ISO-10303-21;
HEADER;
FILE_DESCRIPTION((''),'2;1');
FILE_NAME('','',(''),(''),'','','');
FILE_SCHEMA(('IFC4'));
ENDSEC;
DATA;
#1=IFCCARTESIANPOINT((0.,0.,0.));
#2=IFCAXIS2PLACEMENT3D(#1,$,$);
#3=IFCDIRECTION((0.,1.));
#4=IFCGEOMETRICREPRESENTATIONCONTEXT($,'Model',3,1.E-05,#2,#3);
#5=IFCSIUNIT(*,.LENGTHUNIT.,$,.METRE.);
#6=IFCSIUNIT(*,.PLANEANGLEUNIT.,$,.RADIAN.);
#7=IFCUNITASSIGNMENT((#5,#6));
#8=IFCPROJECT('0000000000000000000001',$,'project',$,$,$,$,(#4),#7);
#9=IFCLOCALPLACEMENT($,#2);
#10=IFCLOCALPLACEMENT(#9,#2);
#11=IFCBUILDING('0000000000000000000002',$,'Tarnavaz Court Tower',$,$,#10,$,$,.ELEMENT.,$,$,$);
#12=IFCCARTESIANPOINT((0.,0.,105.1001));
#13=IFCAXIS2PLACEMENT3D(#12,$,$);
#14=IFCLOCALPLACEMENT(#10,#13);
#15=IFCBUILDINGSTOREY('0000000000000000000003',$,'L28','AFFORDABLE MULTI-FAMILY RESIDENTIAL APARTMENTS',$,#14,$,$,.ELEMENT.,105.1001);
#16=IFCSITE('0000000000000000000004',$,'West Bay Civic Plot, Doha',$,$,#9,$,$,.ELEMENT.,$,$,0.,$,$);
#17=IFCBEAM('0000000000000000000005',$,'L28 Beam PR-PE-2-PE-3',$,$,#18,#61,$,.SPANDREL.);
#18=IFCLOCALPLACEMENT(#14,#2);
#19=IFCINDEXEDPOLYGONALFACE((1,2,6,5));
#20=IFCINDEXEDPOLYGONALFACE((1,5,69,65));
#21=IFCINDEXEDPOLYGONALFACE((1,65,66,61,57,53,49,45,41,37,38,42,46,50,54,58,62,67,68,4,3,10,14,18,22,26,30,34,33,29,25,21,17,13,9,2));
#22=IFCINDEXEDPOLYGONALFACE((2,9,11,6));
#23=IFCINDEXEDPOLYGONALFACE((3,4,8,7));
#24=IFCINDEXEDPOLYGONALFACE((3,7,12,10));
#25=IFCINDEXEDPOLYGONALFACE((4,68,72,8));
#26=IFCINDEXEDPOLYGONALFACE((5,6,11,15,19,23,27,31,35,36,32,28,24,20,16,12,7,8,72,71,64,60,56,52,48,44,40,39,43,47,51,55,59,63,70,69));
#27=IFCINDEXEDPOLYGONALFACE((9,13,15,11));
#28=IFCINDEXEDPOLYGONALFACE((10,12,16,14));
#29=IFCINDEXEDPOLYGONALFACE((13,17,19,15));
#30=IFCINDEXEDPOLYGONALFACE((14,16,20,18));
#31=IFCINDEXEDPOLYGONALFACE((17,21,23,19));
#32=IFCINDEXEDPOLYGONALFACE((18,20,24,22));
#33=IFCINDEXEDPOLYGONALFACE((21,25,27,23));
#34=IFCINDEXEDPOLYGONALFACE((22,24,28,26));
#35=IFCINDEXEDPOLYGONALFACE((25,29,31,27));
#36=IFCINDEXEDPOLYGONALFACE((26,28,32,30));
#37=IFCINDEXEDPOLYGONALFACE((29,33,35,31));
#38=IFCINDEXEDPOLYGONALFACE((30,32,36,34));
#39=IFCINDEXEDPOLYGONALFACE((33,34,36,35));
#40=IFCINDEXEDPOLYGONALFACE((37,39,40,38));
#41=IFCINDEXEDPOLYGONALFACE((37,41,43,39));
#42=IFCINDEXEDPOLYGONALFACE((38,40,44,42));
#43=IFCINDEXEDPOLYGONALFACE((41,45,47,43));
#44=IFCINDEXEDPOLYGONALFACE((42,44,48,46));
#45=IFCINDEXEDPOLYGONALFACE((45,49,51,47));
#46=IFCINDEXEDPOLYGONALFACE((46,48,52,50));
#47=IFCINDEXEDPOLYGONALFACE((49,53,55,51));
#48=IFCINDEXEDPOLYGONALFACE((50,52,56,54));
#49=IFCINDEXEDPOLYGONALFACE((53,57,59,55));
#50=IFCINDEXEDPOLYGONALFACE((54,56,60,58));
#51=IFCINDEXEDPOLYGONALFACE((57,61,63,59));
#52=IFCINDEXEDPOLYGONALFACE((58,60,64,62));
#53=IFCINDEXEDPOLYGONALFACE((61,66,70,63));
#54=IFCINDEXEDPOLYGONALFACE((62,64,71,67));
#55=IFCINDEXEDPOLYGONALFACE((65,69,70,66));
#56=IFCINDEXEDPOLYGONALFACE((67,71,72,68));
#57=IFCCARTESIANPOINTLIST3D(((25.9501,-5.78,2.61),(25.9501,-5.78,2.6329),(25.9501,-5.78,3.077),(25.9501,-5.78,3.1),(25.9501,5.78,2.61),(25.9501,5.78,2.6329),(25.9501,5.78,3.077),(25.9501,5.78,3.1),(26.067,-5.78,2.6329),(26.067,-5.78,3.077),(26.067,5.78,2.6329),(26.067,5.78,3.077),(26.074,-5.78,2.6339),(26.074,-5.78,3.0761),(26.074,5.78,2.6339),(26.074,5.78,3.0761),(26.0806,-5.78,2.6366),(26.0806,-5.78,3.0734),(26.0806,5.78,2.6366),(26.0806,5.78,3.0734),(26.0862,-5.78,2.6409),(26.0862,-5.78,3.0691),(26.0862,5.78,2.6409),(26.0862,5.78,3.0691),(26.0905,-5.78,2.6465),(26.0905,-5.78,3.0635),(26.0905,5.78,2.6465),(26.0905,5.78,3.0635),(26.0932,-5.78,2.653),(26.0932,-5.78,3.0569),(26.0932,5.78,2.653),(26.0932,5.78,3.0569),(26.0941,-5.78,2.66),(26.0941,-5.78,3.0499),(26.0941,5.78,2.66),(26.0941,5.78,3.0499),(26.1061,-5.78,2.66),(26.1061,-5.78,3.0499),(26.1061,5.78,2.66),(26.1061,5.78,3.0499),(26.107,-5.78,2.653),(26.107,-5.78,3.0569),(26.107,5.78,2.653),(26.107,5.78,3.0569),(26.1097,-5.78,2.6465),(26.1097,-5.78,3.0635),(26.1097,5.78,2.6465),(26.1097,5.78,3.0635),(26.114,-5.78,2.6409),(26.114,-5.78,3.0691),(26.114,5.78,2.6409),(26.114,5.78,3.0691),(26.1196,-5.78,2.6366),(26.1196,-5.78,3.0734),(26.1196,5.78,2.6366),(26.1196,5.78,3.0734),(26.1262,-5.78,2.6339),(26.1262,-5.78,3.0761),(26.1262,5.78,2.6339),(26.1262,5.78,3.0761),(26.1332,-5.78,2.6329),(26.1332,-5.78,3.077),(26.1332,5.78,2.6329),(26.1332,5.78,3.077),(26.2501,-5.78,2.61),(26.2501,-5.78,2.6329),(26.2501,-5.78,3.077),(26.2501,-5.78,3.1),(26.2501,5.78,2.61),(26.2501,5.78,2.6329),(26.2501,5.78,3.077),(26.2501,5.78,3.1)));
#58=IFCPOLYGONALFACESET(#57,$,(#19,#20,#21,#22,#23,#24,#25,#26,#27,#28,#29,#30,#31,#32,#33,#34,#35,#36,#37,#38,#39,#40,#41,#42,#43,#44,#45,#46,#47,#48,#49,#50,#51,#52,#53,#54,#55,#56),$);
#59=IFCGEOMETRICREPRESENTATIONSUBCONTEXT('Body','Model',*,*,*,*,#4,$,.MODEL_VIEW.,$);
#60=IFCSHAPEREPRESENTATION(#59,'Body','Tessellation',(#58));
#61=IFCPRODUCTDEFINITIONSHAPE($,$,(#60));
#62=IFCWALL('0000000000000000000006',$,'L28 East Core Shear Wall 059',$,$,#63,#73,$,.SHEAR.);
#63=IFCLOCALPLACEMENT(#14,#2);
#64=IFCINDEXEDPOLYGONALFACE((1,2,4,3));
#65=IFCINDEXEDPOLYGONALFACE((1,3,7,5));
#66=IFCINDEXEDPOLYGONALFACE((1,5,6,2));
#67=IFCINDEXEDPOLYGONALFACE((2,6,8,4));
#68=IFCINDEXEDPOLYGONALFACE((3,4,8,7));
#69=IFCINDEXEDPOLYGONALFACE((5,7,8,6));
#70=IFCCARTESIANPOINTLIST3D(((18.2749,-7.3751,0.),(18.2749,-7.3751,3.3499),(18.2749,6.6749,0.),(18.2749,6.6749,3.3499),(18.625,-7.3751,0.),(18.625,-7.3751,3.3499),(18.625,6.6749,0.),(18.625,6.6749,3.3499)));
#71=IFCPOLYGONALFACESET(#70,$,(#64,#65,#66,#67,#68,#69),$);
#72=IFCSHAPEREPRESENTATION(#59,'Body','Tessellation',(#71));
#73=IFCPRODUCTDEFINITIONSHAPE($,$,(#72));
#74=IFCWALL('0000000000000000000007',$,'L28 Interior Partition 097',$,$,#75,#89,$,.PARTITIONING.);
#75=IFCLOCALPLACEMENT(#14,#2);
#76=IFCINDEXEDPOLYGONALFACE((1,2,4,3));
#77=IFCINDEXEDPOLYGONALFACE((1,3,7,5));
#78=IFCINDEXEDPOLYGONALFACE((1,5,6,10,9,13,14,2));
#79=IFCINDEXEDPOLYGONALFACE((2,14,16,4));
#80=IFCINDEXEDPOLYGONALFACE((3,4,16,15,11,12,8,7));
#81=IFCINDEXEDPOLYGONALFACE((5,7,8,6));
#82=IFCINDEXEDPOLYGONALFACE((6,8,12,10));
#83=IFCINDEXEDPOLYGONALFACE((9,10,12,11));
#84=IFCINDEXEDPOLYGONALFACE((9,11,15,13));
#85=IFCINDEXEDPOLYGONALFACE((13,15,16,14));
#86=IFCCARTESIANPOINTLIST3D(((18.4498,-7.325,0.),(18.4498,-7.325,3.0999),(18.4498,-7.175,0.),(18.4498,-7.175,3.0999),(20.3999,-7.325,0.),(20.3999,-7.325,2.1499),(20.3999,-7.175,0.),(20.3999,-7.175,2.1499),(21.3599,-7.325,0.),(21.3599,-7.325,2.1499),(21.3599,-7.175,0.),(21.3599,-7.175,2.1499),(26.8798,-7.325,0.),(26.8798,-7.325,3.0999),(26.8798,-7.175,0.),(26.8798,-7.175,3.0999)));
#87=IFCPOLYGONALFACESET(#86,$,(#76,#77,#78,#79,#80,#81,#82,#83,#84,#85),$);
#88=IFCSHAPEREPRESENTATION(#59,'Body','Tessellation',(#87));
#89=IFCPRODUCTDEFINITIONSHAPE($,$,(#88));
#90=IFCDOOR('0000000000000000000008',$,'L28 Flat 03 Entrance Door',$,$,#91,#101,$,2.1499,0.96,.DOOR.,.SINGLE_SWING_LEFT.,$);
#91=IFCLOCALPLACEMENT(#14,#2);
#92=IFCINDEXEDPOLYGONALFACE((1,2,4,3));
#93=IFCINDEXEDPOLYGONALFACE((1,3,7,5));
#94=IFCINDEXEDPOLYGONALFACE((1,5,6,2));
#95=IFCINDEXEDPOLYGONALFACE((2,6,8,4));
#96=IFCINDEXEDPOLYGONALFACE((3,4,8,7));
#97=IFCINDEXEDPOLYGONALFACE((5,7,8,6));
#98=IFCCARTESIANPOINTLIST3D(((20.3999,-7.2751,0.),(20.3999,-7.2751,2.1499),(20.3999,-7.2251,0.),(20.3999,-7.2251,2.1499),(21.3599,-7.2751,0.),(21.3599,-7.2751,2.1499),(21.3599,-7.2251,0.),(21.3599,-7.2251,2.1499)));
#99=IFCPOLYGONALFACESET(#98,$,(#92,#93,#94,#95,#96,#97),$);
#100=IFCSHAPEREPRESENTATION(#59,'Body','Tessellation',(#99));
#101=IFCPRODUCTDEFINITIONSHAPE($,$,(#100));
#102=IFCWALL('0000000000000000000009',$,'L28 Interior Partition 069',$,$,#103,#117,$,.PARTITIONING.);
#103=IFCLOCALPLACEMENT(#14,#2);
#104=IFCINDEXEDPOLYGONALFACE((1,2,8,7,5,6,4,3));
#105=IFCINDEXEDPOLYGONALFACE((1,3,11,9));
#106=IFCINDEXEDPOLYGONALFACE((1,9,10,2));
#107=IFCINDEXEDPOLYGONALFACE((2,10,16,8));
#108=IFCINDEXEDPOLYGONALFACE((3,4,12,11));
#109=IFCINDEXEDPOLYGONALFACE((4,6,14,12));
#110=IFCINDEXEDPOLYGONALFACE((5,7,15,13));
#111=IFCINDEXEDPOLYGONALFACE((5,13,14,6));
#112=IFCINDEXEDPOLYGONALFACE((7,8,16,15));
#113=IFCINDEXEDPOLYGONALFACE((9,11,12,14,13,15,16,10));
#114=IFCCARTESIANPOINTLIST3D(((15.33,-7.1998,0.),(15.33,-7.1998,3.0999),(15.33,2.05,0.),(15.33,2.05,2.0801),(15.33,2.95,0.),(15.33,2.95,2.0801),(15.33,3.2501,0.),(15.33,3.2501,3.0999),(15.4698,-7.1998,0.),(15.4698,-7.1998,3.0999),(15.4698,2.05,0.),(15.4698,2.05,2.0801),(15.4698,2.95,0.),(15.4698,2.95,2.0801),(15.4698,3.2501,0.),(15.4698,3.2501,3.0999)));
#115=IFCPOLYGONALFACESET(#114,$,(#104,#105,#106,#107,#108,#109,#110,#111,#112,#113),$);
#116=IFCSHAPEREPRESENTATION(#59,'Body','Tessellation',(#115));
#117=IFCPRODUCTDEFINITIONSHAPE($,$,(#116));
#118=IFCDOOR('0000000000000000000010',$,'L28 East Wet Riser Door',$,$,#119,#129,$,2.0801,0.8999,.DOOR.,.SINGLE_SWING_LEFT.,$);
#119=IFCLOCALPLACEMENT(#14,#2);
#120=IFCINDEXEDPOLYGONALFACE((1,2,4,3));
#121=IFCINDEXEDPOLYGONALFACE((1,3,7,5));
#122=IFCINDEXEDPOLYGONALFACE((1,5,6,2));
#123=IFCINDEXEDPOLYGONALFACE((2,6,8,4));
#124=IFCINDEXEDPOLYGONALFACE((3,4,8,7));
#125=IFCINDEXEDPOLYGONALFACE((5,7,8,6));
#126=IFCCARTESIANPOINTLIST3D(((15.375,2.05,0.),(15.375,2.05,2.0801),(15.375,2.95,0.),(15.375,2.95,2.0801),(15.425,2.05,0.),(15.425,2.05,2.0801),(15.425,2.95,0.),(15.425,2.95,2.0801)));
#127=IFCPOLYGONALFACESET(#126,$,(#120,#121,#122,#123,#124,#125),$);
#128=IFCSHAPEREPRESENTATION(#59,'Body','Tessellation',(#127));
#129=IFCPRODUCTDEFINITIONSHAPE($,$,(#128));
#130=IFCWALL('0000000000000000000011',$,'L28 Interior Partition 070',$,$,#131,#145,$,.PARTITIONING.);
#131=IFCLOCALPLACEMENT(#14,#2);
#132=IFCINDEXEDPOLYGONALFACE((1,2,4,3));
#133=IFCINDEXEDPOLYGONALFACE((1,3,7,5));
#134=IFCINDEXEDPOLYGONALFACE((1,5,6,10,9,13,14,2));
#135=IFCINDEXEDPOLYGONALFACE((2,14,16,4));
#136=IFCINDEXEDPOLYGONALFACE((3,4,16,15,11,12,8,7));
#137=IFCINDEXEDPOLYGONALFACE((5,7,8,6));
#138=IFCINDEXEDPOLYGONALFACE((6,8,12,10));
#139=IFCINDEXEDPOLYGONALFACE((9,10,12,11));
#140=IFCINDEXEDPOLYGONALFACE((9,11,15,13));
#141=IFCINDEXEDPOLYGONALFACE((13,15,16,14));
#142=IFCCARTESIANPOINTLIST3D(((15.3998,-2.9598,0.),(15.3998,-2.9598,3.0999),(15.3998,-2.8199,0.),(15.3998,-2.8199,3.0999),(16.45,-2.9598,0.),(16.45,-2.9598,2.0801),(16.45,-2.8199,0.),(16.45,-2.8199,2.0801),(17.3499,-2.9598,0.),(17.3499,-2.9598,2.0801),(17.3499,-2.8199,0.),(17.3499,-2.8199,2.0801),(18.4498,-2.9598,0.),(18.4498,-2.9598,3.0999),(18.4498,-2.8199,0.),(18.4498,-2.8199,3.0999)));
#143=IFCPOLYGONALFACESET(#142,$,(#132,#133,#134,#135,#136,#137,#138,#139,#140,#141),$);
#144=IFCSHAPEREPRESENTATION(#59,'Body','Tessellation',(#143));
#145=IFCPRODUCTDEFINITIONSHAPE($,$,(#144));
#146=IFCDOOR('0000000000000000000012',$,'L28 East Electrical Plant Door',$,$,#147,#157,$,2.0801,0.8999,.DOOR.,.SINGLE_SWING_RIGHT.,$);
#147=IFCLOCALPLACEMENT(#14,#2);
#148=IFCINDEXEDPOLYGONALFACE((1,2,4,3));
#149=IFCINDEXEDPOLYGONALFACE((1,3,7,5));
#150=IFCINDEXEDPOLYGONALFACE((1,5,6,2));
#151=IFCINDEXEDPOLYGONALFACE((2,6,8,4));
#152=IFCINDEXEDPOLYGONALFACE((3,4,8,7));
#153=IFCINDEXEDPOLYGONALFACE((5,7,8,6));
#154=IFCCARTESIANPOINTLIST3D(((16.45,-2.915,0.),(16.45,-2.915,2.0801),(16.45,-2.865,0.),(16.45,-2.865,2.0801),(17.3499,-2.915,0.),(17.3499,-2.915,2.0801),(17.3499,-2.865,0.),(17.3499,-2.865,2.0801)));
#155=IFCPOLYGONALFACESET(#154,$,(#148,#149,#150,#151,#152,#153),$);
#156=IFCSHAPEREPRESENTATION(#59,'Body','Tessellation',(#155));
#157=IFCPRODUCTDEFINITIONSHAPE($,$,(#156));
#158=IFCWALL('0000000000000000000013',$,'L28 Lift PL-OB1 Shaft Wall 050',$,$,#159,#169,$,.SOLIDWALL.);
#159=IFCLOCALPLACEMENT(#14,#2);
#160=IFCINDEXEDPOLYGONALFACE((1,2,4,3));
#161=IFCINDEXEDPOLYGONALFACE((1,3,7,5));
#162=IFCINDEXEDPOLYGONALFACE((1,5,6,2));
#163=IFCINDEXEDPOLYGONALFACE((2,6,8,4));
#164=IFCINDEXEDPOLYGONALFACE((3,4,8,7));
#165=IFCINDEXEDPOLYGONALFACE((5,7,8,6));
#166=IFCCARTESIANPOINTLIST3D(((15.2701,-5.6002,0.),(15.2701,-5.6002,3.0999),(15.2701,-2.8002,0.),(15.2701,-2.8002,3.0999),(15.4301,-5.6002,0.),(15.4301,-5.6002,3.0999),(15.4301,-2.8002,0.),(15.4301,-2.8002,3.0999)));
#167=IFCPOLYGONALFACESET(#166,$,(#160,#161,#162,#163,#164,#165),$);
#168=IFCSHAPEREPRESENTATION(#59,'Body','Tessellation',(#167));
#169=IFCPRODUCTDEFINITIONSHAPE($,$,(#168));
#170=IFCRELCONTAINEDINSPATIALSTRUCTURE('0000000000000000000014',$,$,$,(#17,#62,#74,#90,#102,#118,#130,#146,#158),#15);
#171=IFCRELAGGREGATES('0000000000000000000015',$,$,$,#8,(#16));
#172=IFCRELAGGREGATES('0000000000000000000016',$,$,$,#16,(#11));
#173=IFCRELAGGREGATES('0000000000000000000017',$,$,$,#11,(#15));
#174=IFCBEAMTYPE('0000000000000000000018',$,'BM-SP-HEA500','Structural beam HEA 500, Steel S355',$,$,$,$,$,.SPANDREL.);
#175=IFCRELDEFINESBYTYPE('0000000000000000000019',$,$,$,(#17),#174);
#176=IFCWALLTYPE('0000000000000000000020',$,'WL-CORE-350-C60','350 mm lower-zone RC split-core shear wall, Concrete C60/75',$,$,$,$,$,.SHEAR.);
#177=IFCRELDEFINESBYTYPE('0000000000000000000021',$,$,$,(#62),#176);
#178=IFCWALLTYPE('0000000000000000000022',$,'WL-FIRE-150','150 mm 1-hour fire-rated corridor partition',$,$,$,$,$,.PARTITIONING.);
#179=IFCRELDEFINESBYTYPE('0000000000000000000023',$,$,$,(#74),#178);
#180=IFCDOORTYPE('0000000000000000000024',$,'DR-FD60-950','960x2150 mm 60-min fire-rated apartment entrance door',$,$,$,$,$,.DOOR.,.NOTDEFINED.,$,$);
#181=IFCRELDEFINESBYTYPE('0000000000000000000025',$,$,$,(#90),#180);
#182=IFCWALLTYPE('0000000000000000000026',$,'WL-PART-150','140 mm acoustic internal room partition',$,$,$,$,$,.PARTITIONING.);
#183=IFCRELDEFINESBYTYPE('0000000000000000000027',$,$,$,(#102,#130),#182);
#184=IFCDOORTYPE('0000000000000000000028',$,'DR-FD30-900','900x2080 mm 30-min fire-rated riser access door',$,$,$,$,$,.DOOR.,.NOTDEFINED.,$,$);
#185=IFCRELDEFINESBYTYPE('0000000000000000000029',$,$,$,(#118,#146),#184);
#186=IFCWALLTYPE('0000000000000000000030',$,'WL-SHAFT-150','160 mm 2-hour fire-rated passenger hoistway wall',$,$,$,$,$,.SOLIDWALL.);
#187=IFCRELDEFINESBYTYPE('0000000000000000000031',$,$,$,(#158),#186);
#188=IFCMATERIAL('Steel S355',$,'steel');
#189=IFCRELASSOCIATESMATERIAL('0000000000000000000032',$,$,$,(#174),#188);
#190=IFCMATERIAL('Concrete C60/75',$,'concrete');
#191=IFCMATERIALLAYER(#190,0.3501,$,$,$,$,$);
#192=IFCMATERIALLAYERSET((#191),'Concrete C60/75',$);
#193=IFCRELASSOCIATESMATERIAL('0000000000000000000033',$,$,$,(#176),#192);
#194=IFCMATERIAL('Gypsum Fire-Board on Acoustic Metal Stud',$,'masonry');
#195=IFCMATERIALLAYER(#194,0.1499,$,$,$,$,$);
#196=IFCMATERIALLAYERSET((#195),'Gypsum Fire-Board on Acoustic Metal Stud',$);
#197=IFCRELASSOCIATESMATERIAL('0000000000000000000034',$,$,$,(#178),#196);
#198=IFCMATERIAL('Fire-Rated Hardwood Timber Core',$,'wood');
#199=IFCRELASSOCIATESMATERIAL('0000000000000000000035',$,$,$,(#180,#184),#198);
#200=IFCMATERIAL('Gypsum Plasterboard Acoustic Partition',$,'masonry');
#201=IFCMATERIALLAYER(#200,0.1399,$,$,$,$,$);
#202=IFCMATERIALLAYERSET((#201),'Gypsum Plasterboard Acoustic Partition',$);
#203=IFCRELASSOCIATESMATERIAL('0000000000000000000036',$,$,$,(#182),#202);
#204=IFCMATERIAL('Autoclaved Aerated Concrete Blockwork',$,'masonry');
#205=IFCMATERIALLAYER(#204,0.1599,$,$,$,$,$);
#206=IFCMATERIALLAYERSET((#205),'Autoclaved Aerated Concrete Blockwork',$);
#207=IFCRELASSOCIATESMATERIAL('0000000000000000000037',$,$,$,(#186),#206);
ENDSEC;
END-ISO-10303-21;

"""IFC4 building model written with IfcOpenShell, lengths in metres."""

from ifc_helpers import new_model, si_unit, direction, frame, frame_2d, origin, origin_2d, place, context, subcontext, project, spatial, rectangle, i_section, extrude, material, layer, layer_set, material_profile, profile_set, type_object, element, fill, save


model = new_model("IFC4")

# Units and contexts
model_context = context("Model", 3, precision=1e-05, world=origin(), true_north=direction((0.0, 1.0)))
body_context = subcontext(model_context, "Body", "Model", "MODEL_VIEW")
ifc_project = project(units=[si_unit("LENGTHUNIT", "METRE"), si_unit("PLANEANGLEUNIT", "RADIAN")], contexts=[model_context])

# Site, building, storey
site_placement = place(None, origin())
site = spatial("IfcSite", under=ifc_project, at=site_placement, Name="West Bay Civic Plot, Doha", CompositionType="ELEMENT", RefElevation=0.0)
building_placement = place(site_placement, origin())
building = spatial("IfcBuilding", under=site, at=building_placement, Name="Tarnavaz Court Tower", CompositionType="ELEMENT")
storey_placement = place(building_placement, frame((0.0, 0.0, 105.1001)))
storey = spatial("IfcBuildingStorey", under=building, at=storey_placement, Name="L28", Description="AFFORDABLE MULTI-FAMILY RESIDENTIAL APARTMENTS", CompositionType="ELEMENT", Elevation=105.1001)

# Shared definitions
ifc_material_1 = material(Name="Concrete C60/75", Category="concrete")

# Beam
ifc_material_2 = material(Name="Steel S355", Category="steel")
ifc_material_profile_1 = material_profile(ifc_material_2, i_section(OverallWidth=0.3, OverallDepth=0.49, WebThickness=0.012, FlangeThickness=0.0229, FilletRadius=0.0271, at=origin_2d()), Name="HEA 500")
ifc_profile_set_1 = profile_set([ifc_material_profile_1], Name="Steel S355")
beam_type_1 = type_object("IfcBeamType", Name="BM-SP-HEA500", Description="Structural beam HEA 500, Steel S355", PredefinedType="SPANDREL", material=ifc_profile_set_1)
beam_1_placement = place(storey_placement, frame((26.1001, -5.78, 2.855), z_axis=(0.0, 1.0, 0.0), x_axis=(-1.0, 0.0, 0.0)))
element("IfcBeam", 1, at=beam_1_placement, inside=storey, type_object=beam_type_1, Name="L28 Beam PR-PE-2-PE-3", PredefinedType="SPANDREL", context=body_context, shape_type="SweptSolid", body=[
    extrude(i_section(OverallWidth=0.3, OverallDepth=0.49, WebThickness=0.012, FlangeThickness=0.0229, FilletRadius=0.0271, at=origin_2d()), origin(), (0.0, 0.0, 1.0), 11.5601),
])

# Wall
ifc_layer_1 = layer(ifc_material_1, 0.3501)
ifc_layer_set_1 = layer_set([ifc_layer_1], Name="Concrete C60/75")
wall_type_1 = type_object("IfcWallType", Name="WL-CORE-350-C60", Description="350 mm lower-zone RC split-core shear wall, Concrete C60/75", PredefinedType="SHEAR", material=ifc_layer_set_1)
wall_1_placement = place(storey_placement, frame((18.45, -7.375, 0.0), z_axis=(0.0, 0.0, 1.0), x_axis=(0.0, 1.0, 0.0)))
element("IfcWall", 2, at=wall_1_placement, inside=storey, type_object=wall_type_1, Name="L28 East Core Shear Wall 059", PredefinedType="SHEAR", context=body_context, shape_type="SweptSolid", body=[
    extrude(rectangle(XDim=14.05, YDim=0.3501, at=frame_2d((7.0249, 0.0))), origin(), (0.0, 0.0, 1.0), 3.3499),
])

# Walls, openings, doors
ifc_material_3 = material(Name="Gypsum Fire-Board on Acoustic Metal Stud", Category="masonry")
ifc_layer_2 = layer(ifc_material_3, 0.1499)
ifc_layer_set_2 = layer_set([ifc_layer_2], Name="Gypsum Fire-Board on Acoustic Metal Stud")
wall_type_2 = type_object("IfcWallType", Name="WL-FIRE-150", Description="150 mm 1-hour fire-rated corridor partition", PredefinedType="PARTITIONING", material=ifc_layer_set_2)
wall_2_placement = place(storey_placement, frame((18.45, -7.25, 0.0), z_axis=(0.0, 0.0, 1.0), x_axis=(1.0, 0.0, 0.0)))
wall_2 = element("IfcWall", 3, at=wall_2_placement, inside=storey, type_object=wall_type_2, Name="L28 Interior Partition 097", PredefinedType="PARTITIONING", context=body_context, shape_type="SweptSolid", body=[
    extrude(rectangle(XDim=8.4299, YDim=0.1499, at=frame_2d((4.2148, 0.0))), origin(), (0.0, 0.0, 1.0), 3.0999),
])
opening_1_placement = place(wall_2_placement, frame((1.95, 0.0, 0.0)))
opening_1 = element("IfcOpeningElement", 4, at=opening_1_placement, cuts=wall_2, PredefinedType="OPENING", context=body_context, shape_type="SweptSolid", body=[
    extrude(rectangle(XDim=0.96, YDim=2.1499, at=frame_2d((0.48, 1.075))), frame((0.0, 0.085, 0.0), z_axis=(0.0, -1.0, 0.0), x_axis=(1.0, 0.0, 0.0)), (0.0, 0.0, 1.0), 0.1699),
])
ifc_material_4 = material(Name="Fire-Rated Hardwood Timber Core", Category="wood")
door_type_1 = type_object("IfcDoorType", Name="DR-FD60-950", Description="960x2150 mm 60-min fire-rated apartment entrance door", OperationType="NOTDEFINED", PredefinedType="DOOR", material=ifc_material_4)
door_1_placement = place(opening_1_placement, origin())
door_1 = element("IfcDoor", 5, at=door_1_placement, inside=storey, type_object=door_type_1, Name="L28 Flat 03 Entrance Door", OperationType="SINGLE_SWING_LEFT", OverallHeight=2.1499, OverallWidth=0.96, PredefinedType="DOOR", context=body_context, shape_type="SweptSolid", body=[
    extrude(rectangle(XDim=0.96, YDim=2.1499, at=frame_2d((0.48, 1.075))), frame((0.0, 0.0249, 0.0), z_axis=(0.0, -1.0, 0.0), x_axis=(1.0, 0.0, 0.0)), (0.0, 0.0, 1.0), 0.05),
])
fill(opening_1, door_1)
ifc_material_5 = material(Name="Gypsum Plasterboard Acoustic Partition", Category="masonry")
ifc_layer_3 = layer(ifc_material_5, 0.1399)
ifc_layer_set_3 = layer_set([ifc_layer_3], Name="Gypsum Plasterboard Acoustic Partition")
wall_type_3 = type_object("IfcWallType", Name="WL-PART-150", Description="140 mm acoustic internal room partition", PredefinedType="PARTITIONING", material=ifc_layer_set_3)
wall_3_placement = place(storey_placement, frame((15.3999, -7.2, 0.0), z_axis=(0.0, 0.0, 1.0), x_axis=(0.0, 1.0, 0.0)))
wall_3 = element("IfcWall", 6, at=wall_3_placement, inside=storey, type_object=wall_type_3, Name="L28 Interior Partition 069", PredefinedType="PARTITIONING", context=body_context, shape_type="SweptSolid", body=[
    extrude(rectangle(XDim=10.45, YDim=0.1399, at=frame_2d((5.2251, 0.0))), origin(), (0.0, 0.0, 1.0), 3.0999),
])
opening_2_placement = place(wall_3_placement, frame((9.25, 0.0, 0.0)))
opening_2 = element("IfcOpeningElement", 7, at=opening_2_placement, cuts=wall_3, PredefinedType="OPENING", context=body_context, shape_type="SweptSolid", body=[
    extrude(rectangle(XDim=0.8999, YDim=2.0801, at=frame_2d((0.45, 1.04))), frame((0.0, 0.0798, 0.0), z_axis=(0.0, -1.0, 0.0), x_axis=(1.0, 0.0, 0.0)), (0.0, 0.0, 1.0), 0.1599),
])
door_type_2 = type_object("IfcDoorType", Name="DR-FD30-900", Description="900x2080 mm 30-min fire-rated riser access door", OperationType="NOTDEFINED", PredefinedType="DOOR", material=ifc_material_4)
door_2_placement = place(opening_2_placement, origin())
door_2 = element("IfcDoor", 8, at=door_2_placement, inside=storey, type_object=door_type_2, Name="L28 East Wet Riser Door", OperationType="SINGLE_SWING_LEFT", OverallHeight=2.0801, OverallWidth=0.8999, PredefinedType="DOOR", context=body_context, shape_type="SweptSolid", body=[
    extrude(rectangle(XDim=0.8999, YDim=2.0801, at=frame_2d((0.45, 1.04))), frame((0.0, 0.0249, 0.0), z_axis=(0.0, -1.0, 0.0), x_axis=(1.0, 0.0, 0.0)), (0.0, 0.0, 1.0), 0.05),
])
fill(opening_2, door_2)
wall_4_placement = place(storey_placement, frame((15.3999, -2.8899, 0.0), z_axis=(0.0, 0.0, 1.0), x_axis=(1.0, 0.0, 0.0)))
wall_4 = element("IfcWall", 9, at=wall_4_placement, inside=storey, type_object=wall_type_3, Name="L28 Interior Partition 070", PredefinedType="PARTITIONING", context=body_context, shape_type="SweptSolid", body=[
    extrude(rectangle(XDim=3.05, YDim=0.1399, at=frame_2d((1.5249, 0.0))), origin(), (0.0, 0.0, 1.0), 3.0999),
])
opening_3_placement = place(wall_4_placement, frame((1.05, 0.0, 0.0)))
opening_3 = element("IfcOpeningElement", 10, at=opening_3_placement, cuts=wall_4, PredefinedType="OPENING", context=body_context, shape_type="SweptSolid", body=[
    extrude(rectangle(XDim=0.8999, YDim=2.0801, at=frame_2d((0.45, 1.04))), frame((0.0, 0.0798, 0.0), z_axis=(0.0, -1.0, 0.0), x_axis=(1.0, 0.0, 0.0)), (0.0, 0.0, 1.0), 0.1599),
])
door_3_placement = place(opening_3_placement, origin())
door_3 = element("IfcDoor", 11, at=door_3_placement, inside=storey, type_object=door_type_2, Name="L28 East Electrical Plant Door", OperationType="SINGLE_SWING_RIGHT", OverallHeight=2.0801, OverallWidth=0.8999, PredefinedType="DOOR", context=body_context, shape_type="SweptSolid", body=[
    extrude(rectangle(XDim=0.8999, YDim=2.0801, at=frame_2d((0.45, 1.04))), frame((0.0, 0.0249, 0.0), z_axis=(0.0, -1.0, 0.0), x_axis=(1.0, 0.0, 0.0)), (0.0, 0.0, 1.0), 0.05),
])
fill(opening_3, door_3)

# Wall
ifc_material_6 = material(Name="Autoclaved Aerated Concrete Blockwork", Category="masonry")
ifc_layer_4 = layer(ifc_material_6, 0.1599)
ifc_layer_set_4 = layer_set([ifc_layer_4], Name="Autoclaved Aerated Concrete Blockwork")
wall_type_4 = type_object("IfcWallType", Name="WL-SHAFT-150", Description="160 mm 2-hour fire-rated passenger hoistway wall", PredefinedType="SOLIDWALL", material=ifc_layer_set_4)
wall_5_placement = place(storey_placement, frame((15.3501, -5.6001, 0.0), z_axis=(0.0, 0.0, 1.0), x_axis=(0.0, 1.0, 0.0)))
element("IfcWall", 12, at=wall_5_placement, inside=storey, type_object=wall_type_4, Name="L28 Lift PL-OB1 Shaft Wall 050", PredefinedType="SOLIDWALL", context=body_context, shape_type="SweptSolid", body=[
    extrude(rectangle(XDim=2.8, YDim=0.1599, at=frame_2d((1.3999, 0.0))), origin(), (0.0, 0.0, 1.0), 3.0999),
])

save(model, "model.ifc")
